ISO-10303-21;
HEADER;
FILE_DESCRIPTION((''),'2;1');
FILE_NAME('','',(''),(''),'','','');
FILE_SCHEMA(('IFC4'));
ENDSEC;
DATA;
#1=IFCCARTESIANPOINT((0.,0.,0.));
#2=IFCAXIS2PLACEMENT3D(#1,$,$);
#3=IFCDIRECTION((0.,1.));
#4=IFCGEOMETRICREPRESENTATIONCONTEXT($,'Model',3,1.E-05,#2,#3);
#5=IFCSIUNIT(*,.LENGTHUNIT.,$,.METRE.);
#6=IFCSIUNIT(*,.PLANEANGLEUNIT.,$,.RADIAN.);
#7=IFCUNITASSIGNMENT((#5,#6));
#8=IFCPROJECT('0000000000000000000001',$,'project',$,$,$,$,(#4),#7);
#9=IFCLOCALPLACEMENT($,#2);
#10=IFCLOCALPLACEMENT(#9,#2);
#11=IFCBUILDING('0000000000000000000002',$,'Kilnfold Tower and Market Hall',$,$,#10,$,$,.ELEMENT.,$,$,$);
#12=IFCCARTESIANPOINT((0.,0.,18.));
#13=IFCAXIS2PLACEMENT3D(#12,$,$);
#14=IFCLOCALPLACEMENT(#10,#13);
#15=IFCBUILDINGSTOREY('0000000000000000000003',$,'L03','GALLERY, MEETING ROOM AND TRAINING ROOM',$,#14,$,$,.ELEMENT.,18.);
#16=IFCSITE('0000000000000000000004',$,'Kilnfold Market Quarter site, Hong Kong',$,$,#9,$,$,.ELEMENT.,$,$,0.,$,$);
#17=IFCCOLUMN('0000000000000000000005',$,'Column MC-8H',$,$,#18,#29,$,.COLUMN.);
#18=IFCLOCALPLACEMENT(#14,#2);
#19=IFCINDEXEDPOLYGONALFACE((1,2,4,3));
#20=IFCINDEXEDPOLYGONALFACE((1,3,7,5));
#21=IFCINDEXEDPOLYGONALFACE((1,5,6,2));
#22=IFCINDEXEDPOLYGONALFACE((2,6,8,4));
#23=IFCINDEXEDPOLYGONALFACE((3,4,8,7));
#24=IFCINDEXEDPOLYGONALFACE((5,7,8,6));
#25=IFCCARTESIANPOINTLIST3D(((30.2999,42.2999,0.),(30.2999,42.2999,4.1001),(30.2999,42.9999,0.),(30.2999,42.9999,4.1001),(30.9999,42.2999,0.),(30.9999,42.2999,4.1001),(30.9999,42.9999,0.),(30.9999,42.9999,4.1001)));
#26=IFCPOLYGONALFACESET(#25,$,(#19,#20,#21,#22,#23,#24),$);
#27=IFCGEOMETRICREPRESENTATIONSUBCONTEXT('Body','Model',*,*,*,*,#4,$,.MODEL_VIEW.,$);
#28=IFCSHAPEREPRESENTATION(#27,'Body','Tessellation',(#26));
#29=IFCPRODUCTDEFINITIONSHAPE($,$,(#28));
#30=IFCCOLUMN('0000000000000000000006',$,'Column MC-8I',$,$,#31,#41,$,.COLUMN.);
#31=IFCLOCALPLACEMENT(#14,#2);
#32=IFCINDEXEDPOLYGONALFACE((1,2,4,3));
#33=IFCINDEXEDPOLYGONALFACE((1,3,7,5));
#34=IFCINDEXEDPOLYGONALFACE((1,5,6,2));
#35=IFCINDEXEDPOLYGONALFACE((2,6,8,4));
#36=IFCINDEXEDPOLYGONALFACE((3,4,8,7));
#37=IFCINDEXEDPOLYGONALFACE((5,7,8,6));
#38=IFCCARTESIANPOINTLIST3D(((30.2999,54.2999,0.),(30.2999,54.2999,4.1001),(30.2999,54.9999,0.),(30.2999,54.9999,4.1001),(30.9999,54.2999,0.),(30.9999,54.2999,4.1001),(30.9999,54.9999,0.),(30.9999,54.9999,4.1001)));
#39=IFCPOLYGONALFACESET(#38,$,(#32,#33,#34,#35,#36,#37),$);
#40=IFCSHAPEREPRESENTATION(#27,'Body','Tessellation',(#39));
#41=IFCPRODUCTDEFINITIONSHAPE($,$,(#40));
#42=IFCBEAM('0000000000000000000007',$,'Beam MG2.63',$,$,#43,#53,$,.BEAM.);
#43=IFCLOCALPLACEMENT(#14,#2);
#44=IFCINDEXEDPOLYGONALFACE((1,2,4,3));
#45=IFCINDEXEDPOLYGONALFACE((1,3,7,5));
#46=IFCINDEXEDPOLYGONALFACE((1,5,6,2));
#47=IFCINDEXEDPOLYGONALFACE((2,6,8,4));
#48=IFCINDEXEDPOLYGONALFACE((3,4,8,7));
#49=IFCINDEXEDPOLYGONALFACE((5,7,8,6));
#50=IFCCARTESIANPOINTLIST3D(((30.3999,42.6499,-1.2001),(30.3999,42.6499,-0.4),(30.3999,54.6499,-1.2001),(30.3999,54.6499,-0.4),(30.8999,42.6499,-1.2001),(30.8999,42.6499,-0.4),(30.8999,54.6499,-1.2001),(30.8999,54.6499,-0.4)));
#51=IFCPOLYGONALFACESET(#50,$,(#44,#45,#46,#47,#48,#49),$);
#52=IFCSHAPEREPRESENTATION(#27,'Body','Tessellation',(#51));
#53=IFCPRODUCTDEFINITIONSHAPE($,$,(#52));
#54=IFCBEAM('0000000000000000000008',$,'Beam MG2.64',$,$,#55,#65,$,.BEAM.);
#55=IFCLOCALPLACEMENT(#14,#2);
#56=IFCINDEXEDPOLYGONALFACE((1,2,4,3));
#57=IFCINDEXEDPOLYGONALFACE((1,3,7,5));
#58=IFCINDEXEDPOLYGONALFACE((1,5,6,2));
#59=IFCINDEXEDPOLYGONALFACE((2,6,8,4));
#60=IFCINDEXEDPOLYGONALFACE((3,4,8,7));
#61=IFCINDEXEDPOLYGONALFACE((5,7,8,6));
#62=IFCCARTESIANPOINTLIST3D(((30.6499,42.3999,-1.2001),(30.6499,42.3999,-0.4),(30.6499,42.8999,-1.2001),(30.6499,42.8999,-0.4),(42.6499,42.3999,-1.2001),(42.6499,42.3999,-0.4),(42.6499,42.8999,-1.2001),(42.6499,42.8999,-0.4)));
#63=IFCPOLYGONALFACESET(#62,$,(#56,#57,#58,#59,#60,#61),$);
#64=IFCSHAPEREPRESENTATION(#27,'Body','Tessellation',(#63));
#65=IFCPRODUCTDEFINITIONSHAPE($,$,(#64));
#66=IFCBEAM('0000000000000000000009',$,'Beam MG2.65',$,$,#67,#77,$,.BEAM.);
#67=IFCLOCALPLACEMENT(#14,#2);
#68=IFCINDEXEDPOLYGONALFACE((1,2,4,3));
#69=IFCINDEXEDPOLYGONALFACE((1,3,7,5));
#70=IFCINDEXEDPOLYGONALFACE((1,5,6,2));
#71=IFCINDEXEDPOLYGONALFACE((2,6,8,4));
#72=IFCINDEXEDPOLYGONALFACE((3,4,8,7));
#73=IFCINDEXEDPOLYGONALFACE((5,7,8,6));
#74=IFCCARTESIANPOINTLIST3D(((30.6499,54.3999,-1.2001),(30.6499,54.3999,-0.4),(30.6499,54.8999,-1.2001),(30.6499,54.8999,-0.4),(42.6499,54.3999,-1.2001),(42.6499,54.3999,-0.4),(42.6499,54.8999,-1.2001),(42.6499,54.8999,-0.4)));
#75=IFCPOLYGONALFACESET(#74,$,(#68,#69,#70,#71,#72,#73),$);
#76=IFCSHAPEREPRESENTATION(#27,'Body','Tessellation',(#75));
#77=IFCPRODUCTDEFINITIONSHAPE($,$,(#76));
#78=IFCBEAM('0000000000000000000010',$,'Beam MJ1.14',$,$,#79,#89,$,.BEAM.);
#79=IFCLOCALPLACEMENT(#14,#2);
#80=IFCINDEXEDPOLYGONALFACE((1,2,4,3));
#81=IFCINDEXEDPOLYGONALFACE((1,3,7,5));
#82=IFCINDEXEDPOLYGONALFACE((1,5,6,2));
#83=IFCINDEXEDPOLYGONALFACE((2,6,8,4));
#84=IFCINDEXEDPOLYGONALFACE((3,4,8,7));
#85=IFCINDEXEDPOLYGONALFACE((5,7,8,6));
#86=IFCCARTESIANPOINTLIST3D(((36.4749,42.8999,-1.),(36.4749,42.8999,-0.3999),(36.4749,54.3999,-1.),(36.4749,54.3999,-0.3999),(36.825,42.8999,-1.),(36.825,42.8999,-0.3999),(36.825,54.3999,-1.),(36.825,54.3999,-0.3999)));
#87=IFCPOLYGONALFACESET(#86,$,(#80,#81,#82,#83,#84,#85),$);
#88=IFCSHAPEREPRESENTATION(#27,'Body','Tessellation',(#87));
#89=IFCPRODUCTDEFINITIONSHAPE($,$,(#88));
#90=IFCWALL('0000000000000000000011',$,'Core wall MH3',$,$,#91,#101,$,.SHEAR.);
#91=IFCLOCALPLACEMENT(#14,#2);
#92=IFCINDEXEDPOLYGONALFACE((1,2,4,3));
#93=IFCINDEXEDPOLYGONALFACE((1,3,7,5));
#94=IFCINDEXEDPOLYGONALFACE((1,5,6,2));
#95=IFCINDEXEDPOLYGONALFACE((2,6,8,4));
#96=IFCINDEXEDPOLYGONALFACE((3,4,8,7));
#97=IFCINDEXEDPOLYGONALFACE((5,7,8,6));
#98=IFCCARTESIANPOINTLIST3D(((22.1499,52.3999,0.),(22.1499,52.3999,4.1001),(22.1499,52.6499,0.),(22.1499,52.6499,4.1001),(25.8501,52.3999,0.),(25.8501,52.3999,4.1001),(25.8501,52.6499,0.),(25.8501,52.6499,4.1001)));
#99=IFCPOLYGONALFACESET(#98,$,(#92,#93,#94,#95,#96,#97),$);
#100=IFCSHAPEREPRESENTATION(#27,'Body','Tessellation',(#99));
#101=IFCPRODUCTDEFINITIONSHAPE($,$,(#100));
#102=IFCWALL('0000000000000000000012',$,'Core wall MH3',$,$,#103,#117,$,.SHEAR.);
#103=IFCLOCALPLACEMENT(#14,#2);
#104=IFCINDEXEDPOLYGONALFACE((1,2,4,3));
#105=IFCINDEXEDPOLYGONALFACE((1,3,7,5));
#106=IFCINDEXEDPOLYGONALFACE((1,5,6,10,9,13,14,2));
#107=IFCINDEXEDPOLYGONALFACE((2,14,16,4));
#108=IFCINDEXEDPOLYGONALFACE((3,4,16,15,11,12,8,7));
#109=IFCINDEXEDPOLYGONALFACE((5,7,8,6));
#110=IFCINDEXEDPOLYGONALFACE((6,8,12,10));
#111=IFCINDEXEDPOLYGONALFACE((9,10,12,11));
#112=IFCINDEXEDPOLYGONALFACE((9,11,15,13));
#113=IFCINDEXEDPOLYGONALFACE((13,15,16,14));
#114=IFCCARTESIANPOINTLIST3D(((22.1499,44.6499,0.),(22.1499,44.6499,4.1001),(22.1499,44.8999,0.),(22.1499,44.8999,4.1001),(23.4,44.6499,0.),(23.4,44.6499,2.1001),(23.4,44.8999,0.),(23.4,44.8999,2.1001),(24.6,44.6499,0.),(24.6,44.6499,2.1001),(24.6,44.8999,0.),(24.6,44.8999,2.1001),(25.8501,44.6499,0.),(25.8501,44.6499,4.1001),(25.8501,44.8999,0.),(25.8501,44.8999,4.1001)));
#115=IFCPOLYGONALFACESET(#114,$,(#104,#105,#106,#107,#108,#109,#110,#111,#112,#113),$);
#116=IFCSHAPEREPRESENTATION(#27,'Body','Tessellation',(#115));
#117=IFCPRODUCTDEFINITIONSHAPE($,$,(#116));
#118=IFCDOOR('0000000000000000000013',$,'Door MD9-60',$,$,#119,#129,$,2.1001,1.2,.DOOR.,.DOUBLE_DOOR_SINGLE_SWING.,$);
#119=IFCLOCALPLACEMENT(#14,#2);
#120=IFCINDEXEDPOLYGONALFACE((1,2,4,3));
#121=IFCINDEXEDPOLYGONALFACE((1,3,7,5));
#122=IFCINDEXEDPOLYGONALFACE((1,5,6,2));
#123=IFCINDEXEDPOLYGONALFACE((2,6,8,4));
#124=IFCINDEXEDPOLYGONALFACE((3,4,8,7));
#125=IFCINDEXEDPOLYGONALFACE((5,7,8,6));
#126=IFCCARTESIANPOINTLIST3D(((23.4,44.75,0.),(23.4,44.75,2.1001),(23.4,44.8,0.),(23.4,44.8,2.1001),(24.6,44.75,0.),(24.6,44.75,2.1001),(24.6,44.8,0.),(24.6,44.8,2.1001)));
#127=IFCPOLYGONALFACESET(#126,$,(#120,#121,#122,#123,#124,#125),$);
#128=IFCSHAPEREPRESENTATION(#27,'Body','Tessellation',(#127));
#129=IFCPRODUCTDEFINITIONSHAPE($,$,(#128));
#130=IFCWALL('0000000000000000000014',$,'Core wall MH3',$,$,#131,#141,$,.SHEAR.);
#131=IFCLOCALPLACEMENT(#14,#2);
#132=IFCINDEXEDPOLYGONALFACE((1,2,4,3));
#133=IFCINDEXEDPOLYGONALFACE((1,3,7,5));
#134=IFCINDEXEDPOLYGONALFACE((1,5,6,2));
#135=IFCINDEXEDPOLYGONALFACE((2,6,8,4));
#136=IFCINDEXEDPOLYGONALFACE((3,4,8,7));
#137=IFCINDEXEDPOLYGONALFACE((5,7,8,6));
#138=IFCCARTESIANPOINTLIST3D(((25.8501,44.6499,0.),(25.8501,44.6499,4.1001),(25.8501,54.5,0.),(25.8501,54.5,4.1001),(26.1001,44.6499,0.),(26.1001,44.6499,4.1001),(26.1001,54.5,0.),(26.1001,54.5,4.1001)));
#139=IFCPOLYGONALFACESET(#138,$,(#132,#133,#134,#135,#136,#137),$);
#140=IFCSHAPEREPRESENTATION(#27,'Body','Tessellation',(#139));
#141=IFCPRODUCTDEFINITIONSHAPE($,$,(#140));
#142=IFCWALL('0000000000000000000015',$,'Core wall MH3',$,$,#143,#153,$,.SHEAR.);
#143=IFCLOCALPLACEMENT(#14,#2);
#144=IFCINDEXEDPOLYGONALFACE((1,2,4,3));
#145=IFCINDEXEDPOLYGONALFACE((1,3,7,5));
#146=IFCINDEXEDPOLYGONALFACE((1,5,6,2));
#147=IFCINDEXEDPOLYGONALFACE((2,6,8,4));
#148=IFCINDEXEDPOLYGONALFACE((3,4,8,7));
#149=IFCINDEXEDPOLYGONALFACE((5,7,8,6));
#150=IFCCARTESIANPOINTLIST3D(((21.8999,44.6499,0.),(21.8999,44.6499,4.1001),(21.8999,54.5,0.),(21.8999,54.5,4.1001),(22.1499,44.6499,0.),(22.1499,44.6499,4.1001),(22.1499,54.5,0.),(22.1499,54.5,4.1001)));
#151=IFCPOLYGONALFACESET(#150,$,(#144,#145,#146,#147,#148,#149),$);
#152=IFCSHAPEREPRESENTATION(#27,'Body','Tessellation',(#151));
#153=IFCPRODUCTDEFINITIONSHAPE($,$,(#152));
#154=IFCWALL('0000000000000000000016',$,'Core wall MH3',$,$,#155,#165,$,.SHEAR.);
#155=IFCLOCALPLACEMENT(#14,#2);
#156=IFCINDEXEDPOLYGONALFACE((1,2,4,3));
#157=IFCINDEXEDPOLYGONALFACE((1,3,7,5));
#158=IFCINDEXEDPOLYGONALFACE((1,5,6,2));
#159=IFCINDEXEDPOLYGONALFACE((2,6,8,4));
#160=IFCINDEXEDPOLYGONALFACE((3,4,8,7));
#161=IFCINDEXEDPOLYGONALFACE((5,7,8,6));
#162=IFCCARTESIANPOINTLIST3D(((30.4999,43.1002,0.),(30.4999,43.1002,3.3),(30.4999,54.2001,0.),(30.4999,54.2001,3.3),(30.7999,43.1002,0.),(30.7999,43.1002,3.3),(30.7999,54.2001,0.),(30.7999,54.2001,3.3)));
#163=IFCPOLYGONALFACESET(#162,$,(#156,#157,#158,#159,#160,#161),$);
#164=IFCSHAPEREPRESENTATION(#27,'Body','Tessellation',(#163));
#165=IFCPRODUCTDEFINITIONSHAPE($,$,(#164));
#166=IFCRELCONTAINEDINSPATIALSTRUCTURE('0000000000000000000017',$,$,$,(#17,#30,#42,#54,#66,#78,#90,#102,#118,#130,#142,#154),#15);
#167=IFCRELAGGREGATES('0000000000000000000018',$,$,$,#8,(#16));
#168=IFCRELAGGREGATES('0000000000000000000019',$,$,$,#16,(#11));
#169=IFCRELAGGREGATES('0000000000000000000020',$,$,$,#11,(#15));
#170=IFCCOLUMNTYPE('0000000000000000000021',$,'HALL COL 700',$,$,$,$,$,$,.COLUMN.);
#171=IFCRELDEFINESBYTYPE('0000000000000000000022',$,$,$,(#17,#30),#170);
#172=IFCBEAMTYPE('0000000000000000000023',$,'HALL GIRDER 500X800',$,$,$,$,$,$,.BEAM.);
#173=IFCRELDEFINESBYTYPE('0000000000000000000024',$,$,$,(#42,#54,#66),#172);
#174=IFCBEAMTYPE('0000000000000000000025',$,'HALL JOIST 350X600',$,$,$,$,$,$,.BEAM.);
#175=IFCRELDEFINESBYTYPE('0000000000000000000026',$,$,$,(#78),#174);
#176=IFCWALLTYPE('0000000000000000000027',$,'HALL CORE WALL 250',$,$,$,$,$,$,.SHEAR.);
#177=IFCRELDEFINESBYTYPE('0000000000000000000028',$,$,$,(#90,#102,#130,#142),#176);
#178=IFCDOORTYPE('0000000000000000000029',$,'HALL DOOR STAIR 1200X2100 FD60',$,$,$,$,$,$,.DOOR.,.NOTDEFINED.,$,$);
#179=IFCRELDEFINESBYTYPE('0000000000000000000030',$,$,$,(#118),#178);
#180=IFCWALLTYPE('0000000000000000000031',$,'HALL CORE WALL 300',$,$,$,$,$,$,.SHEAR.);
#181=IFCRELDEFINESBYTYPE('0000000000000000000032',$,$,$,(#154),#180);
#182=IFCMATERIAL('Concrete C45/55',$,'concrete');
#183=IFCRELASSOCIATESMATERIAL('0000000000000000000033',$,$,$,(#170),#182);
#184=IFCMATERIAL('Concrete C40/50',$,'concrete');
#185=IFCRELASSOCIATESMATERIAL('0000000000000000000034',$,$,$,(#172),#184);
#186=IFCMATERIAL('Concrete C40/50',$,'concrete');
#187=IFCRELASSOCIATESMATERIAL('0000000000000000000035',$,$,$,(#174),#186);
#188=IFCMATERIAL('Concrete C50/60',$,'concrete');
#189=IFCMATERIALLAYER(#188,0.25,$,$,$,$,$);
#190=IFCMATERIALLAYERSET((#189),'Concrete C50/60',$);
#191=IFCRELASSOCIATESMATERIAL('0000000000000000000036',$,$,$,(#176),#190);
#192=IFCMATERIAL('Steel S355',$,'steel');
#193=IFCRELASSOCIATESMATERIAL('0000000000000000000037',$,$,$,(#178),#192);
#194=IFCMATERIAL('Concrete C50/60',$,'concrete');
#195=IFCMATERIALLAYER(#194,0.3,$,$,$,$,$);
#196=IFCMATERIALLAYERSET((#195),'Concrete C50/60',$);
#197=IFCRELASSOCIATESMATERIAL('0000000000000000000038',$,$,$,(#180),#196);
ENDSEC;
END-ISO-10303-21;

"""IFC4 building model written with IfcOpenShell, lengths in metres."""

from ifc_helpers import new_model, si_unit, direction, frame, frame_2d, origin, origin_2d, place, context, subcontext, project, spatial, rectangle, extrude, source, transform, mapped, material, layer, layer_set, material_profile, profile_set, type_object, element, fill, save


model = new_model("IFC4")

# Units and contexts
model_context = context("Model", 3, precision=1e-05, world=origin(), true_north=direction((0.0, 1.0)))
body_context = subcontext(model_context, "Body", "Model", "MODEL_VIEW")
ifc_project = project(units=[si_unit("LENGTHUNIT", "METRE"), si_unit("PLANEANGLEUNIT", "RADIAN")], contexts=[model_context])

# Site, building, storey
site_placement = place(None, origin())
site = spatial("IfcSite", under=ifc_project, at=site_placement, Name="Kilnfold Market Quarter site, Hong Kong", CompositionType="ELEMENT", RefElevation=0.0)
building_placement = place(site_placement, origin())
building = spatial("IfcBuilding", under=site, at=building_placement, Name="Kilnfold Tower and Market Hall", CompositionType="ELEMENT")
storey_placement = place(building_placement, frame((0.0, 0.0, 18.0)))
storey = spatial("IfcBuildingStorey", under=building, at=storey_placement, Name="L03", Description="GALLERY, MEETING ROOM AND TRAINING ROOM", CompositionType="ELEMENT", Elevation=18.0)

# Columns
ifc_material_1 = material(Name="Concrete C45/55", Category="concrete")
ifc_material_profile_1 = material_profile(ifc_material_1, rectangle(XDim=0.7, YDim=0.7, at=origin_2d()), Name="RC 700x700")
ifc_profile_set_1 = profile_set([ifc_material_profile_1], Name="Concrete C45/55")
column_type = type_object("IfcColumnType", Name="HALL COL 700", PredefinedType="COLUMN", material=ifc_profile_set_1)
shared_shape_1 = source(origin(), body_context, "Body", "SweptSolid", [
    extrude(rectangle(XDim=0.7, YDim=0.7, at=origin_2d()), origin(), (0.0, 0.0, 1.0), 4.1001),
])
for number, where, z_axis, x_axis, name in (
    (1, (30.6499, 42.6499, 0.0), (0.0, 0.0, 1.0), (1.0, 0.0, 0.0), "Column MC-8H"),
    (2, (30.6499, 54.6499, 0.0), (0.0, 0.0, 1.0), (1.0, 0.0, 0.0), "Column MC-8I"),
):
    element("IfcColumn", number, at=place(storey_placement, frame(where, z_axis=z_axis, x_axis=x_axis)), inside=storey, type_object=column_type, Name=name, PredefinedType="COLUMN", context=body_context, shape_type="MappedRepresentation", body=[
        mapped(shared_shape_1, transform((0.0, 0.0, 0.0))),
    ])

# Beams
ifc_material_2 = material(Name="Concrete C40/50", Category="concrete")
ifc_material_profile_2 = material_profile(ifc_material_2, rectangle(XDim=0.5, YDim=0.8, at=origin_2d()), Name="RC 500x800")
ifc_profile_set_2 = profile_set([ifc_material_profile_2], Name="Concrete C40/50")
beam_type_1 = type_object("IfcBeamType", Name="HALL GIRDER 500X800", PredefinedType="BEAM", material=ifc_profile_set_2)
for number, where, z_axis, x_axis, name in (
    (3, (30.6499, 42.6499, -0.8), (0.0, 1.0, 0.0), (-1.0, 0.0, 0.0), "Beam MG2.63"),
    (4, (30.6499, 42.6499, -0.8), (1.0, 0.0, 0.0), (0.0, 1.0, 0.0), "Beam MG2.64"),
    (5, (30.6499, 54.6499, -0.8), (1.0, 0.0, 0.0), (0.0, 1.0, 0.0), "Beam MG2.65"),
):
    element("IfcBeam", number, at=place(storey_placement, frame(where, z_axis=z_axis, x_axis=x_axis)), inside=storey, type_object=beam_type_1, Name=name, PredefinedType="BEAM", context=body_context, shape_type="SweptSolid", body=[
        extrude(rectangle(XDim=0.5, YDim=0.8, at=origin_2d()), origin(), (0.0, 0.0, 1.0), 12.0),
    ])
ifc_material_3 = material(Name="Concrete C40/50", Category="concrete")
ifc_material_profile_3 = material_profile(ifc_material_3, rectangle(XDim=0.3501, YDim=0.6001, at=origin_2d()), Name="RC 350x600")
ifc_profile_set_3 = profile_set([ifc_material_profile_3], Name="Concrete C40/50")
beam_type_2 = type_object("IfcBeamType", Name="HALL JOIST 350X600", PredefinedType="BEAM", material=ifc_profile_set_3)
beam_placement = place(storey_placement, frame((36.6499, 42.8999, -0.7), z_axis=(0.0, 1.0, 0.0), x_axis=(-1.0, 0.0, 0.0)))
element("IfcBeam", 6, at=beam_placement, inside=storey, type_object=beam_type_2, Name="Beam MJ1.14", PredefinedType="BEAM", context=body_context, shape_type="SweptSolid", body=[
    extrude(rectangle(XDim=0.3501, YDim=0.6001, at=origin_2d()), origin(), (0.0, 0.0, 1.0), 11.5),
])

# Wall
ifc_material_4 = material(Name="Concrete C50/60", Category="concrete")
ifc_layer_1 = layer(ifc_material_4, 0.25)
ifc_layer_set_1 = layer_set([ifc_layer_1], Name="Concrete C50/60")
wall_type_1 = type_object("IfcWallType", Name="HALL CORE WALL 250", PredefinedType="SHEAR", material=ifc_layer_set_1)
shared_shape_2 = source(origin(), body_context, "Body", "SweptSolid", [
    extrude(rectangle(XDim=3.7002, YDim=0.25, at=frame_2d((1.8501, 0.0))), origin(), (0.0, 0.0, 1.0), 4.1001),
])
wall_1_placement = place(storey_placement, frame((25.8501, 52.5249, 0.0), z_axis=(0.0, 0.0, 1.0), x_axis=(-1.0, 0.0, 0.0)))
element("IfcWall", 7, at=wall_1_placement, inside=storey, type_object=wall_type_1, Name="Core wall MH3", PredefinedType="SHEAR", context=body_context, shape_type="MappedRepresentation", body=[
    mapped(shared_shape_2, transform((0.0, 0.0, 0.0))),
])

# Wall, opening, door
wall_2_placement = place(storey_placement, frame((25.8501, 44.7749, 0.0), z_axis=(0.0, 0.0, 1.0), x_axis=(-1.0, 0.0, 0.0)))
wall_2 = element("IfcWall", 8, at=wall_2_placement, inside=storey, type_object=wall_type_1, Name="Core wall MH3", PredefinedType="SHEAR", context=body_context, shape_type="MappedRepresentation", body=[
    mapped(shared_shape_2, transform((0.0, 0.0, 0.0))),
])
opening_1_placement = place(wall_2_placement, frame((1.25, 0.0, 0.0)))
opening_1 = element("IfcOpeningElement", 9, at=opening_1_placement, cuts=wall_2, PredefinedType="OPENING", context=body_context, shape_type="SweptSolid", body=[
    extrude(rectangle(XDim=1.2, YDim=2.1001, at=frame_2d((0.6001, 1.05))), frame((0.0, 0.135, 0.0), z_axis=(0.0, -1.0, 0.0), x_axis=(1.0, 0.0, 0.0)), (0.0, 0.0, 1.0), 0.27),
])
ifc_material_5 = material(Name="Steel S355", Category="steel")
door_type_1 = type_object("IfcDoorType", Name="HALL DOOR STAIR 1200X2100 FD60", OperationType="NOTDEFINED", PredefinedType="DOOR", material=ifc_material_5)
door_1_placement = place(opening_1_placement, origin())
door_1 = element("IfcDoor", 10, at=door_1_placement, inside=storey, type_object=door_type_1, Name="Door MD9-60", OperationType="DOUBLE_DOOR_SINGLE_SWING", OverallHeight=2.1001, OverallWidth=1.2, PredefinedType="DOOR", context=body_context, shape_type="SweptSolid", body=[
    extrude(rectangle(XDim=1.2, YDim=2.1001, at=frame_2d((0.6001, 1.05))), frame((0.0, 0.0249, 0.0), z_axis=(0.0, -1.0, 0.0), x_axis=(1.0, 0.0, 0.0)), (0.0, 0.0, 1.0), 0.05),
])
fill(opening_1, door_1)

# Walls
shared_shape_3 = source(origin(), body_context, "Body", "SweptSolid", [
    extrude(rectangle(XDim=9.8501, YDim=0.25, at=frame_2d((4.925, 0.0))), origin(), (0.0, 0.0, 1.0), 4.1001),
])
for number, where, z_axis, x_axis, name in (
    (11, (25.9751, 54.5, 0.0), (0.0, 0.0, 1.0), (0.0, -1.0, 0.0), "Core wall MH3"),
    (12, (22.0249, 54.5, 0.0), (0.0, 0.0, 1.0), (0.0, -1.0, 0.0), "Core wall MH3"),
):
    element("IfcWall", number, at=place(storey_placement, frame(where, z_axis=z_axis, x_axis=x_axis)), inside=storey, type_object=wall_type_1, Name=name, PredefinedType="SHEAR", context=body_context, shape_type="MappedRepresentation", body=[
        mapped(shared_shape_3, transform((0.0, 0.0, 0.0))),
    ])
ifc_material_6 = material(Name="Concrete C50/60", Category="concrete")
ifc_layer_2 = layer(ifc_material_6, 0.3)
ifc_layer_set_2 = layer_set([ifc_layer_2], Name="Concrete C50/60")
wall_type_2 = type_object("IfcWallType", Name="HALL CORE WALL 300", PredefinedType="SHEAR", material=ifc_layer_set_2)
shared_shape_4 = source(origin(), body_context, "Body", "SweptSolid", [
    extrude(rectangle(XDim=11.0999, YDim=0.3, at=frame_2d((5.5498, 0.0))), origin(), (0.0, 0.0, 1.0), 3.3),
])
wall_3_placement = place(storey_placement, frame((30.6499, 54.2, 0.0), z_axis=(0.0, 0.0, 1.0), x_axis=(0.0, -1.0, 0.0)))
element("IfcWall", 13, at=wall_3_placement, inside=storey, type_object=wall_type_2, Name="Core wall MH3", PredefinedType="SHEAR", context=body_context, shape_type="MappedRepresentation", body=[
    mapped(shared_shape_4, transform((0.0, 0.0, 0.0))),
])

save(model, "model.ifc")
